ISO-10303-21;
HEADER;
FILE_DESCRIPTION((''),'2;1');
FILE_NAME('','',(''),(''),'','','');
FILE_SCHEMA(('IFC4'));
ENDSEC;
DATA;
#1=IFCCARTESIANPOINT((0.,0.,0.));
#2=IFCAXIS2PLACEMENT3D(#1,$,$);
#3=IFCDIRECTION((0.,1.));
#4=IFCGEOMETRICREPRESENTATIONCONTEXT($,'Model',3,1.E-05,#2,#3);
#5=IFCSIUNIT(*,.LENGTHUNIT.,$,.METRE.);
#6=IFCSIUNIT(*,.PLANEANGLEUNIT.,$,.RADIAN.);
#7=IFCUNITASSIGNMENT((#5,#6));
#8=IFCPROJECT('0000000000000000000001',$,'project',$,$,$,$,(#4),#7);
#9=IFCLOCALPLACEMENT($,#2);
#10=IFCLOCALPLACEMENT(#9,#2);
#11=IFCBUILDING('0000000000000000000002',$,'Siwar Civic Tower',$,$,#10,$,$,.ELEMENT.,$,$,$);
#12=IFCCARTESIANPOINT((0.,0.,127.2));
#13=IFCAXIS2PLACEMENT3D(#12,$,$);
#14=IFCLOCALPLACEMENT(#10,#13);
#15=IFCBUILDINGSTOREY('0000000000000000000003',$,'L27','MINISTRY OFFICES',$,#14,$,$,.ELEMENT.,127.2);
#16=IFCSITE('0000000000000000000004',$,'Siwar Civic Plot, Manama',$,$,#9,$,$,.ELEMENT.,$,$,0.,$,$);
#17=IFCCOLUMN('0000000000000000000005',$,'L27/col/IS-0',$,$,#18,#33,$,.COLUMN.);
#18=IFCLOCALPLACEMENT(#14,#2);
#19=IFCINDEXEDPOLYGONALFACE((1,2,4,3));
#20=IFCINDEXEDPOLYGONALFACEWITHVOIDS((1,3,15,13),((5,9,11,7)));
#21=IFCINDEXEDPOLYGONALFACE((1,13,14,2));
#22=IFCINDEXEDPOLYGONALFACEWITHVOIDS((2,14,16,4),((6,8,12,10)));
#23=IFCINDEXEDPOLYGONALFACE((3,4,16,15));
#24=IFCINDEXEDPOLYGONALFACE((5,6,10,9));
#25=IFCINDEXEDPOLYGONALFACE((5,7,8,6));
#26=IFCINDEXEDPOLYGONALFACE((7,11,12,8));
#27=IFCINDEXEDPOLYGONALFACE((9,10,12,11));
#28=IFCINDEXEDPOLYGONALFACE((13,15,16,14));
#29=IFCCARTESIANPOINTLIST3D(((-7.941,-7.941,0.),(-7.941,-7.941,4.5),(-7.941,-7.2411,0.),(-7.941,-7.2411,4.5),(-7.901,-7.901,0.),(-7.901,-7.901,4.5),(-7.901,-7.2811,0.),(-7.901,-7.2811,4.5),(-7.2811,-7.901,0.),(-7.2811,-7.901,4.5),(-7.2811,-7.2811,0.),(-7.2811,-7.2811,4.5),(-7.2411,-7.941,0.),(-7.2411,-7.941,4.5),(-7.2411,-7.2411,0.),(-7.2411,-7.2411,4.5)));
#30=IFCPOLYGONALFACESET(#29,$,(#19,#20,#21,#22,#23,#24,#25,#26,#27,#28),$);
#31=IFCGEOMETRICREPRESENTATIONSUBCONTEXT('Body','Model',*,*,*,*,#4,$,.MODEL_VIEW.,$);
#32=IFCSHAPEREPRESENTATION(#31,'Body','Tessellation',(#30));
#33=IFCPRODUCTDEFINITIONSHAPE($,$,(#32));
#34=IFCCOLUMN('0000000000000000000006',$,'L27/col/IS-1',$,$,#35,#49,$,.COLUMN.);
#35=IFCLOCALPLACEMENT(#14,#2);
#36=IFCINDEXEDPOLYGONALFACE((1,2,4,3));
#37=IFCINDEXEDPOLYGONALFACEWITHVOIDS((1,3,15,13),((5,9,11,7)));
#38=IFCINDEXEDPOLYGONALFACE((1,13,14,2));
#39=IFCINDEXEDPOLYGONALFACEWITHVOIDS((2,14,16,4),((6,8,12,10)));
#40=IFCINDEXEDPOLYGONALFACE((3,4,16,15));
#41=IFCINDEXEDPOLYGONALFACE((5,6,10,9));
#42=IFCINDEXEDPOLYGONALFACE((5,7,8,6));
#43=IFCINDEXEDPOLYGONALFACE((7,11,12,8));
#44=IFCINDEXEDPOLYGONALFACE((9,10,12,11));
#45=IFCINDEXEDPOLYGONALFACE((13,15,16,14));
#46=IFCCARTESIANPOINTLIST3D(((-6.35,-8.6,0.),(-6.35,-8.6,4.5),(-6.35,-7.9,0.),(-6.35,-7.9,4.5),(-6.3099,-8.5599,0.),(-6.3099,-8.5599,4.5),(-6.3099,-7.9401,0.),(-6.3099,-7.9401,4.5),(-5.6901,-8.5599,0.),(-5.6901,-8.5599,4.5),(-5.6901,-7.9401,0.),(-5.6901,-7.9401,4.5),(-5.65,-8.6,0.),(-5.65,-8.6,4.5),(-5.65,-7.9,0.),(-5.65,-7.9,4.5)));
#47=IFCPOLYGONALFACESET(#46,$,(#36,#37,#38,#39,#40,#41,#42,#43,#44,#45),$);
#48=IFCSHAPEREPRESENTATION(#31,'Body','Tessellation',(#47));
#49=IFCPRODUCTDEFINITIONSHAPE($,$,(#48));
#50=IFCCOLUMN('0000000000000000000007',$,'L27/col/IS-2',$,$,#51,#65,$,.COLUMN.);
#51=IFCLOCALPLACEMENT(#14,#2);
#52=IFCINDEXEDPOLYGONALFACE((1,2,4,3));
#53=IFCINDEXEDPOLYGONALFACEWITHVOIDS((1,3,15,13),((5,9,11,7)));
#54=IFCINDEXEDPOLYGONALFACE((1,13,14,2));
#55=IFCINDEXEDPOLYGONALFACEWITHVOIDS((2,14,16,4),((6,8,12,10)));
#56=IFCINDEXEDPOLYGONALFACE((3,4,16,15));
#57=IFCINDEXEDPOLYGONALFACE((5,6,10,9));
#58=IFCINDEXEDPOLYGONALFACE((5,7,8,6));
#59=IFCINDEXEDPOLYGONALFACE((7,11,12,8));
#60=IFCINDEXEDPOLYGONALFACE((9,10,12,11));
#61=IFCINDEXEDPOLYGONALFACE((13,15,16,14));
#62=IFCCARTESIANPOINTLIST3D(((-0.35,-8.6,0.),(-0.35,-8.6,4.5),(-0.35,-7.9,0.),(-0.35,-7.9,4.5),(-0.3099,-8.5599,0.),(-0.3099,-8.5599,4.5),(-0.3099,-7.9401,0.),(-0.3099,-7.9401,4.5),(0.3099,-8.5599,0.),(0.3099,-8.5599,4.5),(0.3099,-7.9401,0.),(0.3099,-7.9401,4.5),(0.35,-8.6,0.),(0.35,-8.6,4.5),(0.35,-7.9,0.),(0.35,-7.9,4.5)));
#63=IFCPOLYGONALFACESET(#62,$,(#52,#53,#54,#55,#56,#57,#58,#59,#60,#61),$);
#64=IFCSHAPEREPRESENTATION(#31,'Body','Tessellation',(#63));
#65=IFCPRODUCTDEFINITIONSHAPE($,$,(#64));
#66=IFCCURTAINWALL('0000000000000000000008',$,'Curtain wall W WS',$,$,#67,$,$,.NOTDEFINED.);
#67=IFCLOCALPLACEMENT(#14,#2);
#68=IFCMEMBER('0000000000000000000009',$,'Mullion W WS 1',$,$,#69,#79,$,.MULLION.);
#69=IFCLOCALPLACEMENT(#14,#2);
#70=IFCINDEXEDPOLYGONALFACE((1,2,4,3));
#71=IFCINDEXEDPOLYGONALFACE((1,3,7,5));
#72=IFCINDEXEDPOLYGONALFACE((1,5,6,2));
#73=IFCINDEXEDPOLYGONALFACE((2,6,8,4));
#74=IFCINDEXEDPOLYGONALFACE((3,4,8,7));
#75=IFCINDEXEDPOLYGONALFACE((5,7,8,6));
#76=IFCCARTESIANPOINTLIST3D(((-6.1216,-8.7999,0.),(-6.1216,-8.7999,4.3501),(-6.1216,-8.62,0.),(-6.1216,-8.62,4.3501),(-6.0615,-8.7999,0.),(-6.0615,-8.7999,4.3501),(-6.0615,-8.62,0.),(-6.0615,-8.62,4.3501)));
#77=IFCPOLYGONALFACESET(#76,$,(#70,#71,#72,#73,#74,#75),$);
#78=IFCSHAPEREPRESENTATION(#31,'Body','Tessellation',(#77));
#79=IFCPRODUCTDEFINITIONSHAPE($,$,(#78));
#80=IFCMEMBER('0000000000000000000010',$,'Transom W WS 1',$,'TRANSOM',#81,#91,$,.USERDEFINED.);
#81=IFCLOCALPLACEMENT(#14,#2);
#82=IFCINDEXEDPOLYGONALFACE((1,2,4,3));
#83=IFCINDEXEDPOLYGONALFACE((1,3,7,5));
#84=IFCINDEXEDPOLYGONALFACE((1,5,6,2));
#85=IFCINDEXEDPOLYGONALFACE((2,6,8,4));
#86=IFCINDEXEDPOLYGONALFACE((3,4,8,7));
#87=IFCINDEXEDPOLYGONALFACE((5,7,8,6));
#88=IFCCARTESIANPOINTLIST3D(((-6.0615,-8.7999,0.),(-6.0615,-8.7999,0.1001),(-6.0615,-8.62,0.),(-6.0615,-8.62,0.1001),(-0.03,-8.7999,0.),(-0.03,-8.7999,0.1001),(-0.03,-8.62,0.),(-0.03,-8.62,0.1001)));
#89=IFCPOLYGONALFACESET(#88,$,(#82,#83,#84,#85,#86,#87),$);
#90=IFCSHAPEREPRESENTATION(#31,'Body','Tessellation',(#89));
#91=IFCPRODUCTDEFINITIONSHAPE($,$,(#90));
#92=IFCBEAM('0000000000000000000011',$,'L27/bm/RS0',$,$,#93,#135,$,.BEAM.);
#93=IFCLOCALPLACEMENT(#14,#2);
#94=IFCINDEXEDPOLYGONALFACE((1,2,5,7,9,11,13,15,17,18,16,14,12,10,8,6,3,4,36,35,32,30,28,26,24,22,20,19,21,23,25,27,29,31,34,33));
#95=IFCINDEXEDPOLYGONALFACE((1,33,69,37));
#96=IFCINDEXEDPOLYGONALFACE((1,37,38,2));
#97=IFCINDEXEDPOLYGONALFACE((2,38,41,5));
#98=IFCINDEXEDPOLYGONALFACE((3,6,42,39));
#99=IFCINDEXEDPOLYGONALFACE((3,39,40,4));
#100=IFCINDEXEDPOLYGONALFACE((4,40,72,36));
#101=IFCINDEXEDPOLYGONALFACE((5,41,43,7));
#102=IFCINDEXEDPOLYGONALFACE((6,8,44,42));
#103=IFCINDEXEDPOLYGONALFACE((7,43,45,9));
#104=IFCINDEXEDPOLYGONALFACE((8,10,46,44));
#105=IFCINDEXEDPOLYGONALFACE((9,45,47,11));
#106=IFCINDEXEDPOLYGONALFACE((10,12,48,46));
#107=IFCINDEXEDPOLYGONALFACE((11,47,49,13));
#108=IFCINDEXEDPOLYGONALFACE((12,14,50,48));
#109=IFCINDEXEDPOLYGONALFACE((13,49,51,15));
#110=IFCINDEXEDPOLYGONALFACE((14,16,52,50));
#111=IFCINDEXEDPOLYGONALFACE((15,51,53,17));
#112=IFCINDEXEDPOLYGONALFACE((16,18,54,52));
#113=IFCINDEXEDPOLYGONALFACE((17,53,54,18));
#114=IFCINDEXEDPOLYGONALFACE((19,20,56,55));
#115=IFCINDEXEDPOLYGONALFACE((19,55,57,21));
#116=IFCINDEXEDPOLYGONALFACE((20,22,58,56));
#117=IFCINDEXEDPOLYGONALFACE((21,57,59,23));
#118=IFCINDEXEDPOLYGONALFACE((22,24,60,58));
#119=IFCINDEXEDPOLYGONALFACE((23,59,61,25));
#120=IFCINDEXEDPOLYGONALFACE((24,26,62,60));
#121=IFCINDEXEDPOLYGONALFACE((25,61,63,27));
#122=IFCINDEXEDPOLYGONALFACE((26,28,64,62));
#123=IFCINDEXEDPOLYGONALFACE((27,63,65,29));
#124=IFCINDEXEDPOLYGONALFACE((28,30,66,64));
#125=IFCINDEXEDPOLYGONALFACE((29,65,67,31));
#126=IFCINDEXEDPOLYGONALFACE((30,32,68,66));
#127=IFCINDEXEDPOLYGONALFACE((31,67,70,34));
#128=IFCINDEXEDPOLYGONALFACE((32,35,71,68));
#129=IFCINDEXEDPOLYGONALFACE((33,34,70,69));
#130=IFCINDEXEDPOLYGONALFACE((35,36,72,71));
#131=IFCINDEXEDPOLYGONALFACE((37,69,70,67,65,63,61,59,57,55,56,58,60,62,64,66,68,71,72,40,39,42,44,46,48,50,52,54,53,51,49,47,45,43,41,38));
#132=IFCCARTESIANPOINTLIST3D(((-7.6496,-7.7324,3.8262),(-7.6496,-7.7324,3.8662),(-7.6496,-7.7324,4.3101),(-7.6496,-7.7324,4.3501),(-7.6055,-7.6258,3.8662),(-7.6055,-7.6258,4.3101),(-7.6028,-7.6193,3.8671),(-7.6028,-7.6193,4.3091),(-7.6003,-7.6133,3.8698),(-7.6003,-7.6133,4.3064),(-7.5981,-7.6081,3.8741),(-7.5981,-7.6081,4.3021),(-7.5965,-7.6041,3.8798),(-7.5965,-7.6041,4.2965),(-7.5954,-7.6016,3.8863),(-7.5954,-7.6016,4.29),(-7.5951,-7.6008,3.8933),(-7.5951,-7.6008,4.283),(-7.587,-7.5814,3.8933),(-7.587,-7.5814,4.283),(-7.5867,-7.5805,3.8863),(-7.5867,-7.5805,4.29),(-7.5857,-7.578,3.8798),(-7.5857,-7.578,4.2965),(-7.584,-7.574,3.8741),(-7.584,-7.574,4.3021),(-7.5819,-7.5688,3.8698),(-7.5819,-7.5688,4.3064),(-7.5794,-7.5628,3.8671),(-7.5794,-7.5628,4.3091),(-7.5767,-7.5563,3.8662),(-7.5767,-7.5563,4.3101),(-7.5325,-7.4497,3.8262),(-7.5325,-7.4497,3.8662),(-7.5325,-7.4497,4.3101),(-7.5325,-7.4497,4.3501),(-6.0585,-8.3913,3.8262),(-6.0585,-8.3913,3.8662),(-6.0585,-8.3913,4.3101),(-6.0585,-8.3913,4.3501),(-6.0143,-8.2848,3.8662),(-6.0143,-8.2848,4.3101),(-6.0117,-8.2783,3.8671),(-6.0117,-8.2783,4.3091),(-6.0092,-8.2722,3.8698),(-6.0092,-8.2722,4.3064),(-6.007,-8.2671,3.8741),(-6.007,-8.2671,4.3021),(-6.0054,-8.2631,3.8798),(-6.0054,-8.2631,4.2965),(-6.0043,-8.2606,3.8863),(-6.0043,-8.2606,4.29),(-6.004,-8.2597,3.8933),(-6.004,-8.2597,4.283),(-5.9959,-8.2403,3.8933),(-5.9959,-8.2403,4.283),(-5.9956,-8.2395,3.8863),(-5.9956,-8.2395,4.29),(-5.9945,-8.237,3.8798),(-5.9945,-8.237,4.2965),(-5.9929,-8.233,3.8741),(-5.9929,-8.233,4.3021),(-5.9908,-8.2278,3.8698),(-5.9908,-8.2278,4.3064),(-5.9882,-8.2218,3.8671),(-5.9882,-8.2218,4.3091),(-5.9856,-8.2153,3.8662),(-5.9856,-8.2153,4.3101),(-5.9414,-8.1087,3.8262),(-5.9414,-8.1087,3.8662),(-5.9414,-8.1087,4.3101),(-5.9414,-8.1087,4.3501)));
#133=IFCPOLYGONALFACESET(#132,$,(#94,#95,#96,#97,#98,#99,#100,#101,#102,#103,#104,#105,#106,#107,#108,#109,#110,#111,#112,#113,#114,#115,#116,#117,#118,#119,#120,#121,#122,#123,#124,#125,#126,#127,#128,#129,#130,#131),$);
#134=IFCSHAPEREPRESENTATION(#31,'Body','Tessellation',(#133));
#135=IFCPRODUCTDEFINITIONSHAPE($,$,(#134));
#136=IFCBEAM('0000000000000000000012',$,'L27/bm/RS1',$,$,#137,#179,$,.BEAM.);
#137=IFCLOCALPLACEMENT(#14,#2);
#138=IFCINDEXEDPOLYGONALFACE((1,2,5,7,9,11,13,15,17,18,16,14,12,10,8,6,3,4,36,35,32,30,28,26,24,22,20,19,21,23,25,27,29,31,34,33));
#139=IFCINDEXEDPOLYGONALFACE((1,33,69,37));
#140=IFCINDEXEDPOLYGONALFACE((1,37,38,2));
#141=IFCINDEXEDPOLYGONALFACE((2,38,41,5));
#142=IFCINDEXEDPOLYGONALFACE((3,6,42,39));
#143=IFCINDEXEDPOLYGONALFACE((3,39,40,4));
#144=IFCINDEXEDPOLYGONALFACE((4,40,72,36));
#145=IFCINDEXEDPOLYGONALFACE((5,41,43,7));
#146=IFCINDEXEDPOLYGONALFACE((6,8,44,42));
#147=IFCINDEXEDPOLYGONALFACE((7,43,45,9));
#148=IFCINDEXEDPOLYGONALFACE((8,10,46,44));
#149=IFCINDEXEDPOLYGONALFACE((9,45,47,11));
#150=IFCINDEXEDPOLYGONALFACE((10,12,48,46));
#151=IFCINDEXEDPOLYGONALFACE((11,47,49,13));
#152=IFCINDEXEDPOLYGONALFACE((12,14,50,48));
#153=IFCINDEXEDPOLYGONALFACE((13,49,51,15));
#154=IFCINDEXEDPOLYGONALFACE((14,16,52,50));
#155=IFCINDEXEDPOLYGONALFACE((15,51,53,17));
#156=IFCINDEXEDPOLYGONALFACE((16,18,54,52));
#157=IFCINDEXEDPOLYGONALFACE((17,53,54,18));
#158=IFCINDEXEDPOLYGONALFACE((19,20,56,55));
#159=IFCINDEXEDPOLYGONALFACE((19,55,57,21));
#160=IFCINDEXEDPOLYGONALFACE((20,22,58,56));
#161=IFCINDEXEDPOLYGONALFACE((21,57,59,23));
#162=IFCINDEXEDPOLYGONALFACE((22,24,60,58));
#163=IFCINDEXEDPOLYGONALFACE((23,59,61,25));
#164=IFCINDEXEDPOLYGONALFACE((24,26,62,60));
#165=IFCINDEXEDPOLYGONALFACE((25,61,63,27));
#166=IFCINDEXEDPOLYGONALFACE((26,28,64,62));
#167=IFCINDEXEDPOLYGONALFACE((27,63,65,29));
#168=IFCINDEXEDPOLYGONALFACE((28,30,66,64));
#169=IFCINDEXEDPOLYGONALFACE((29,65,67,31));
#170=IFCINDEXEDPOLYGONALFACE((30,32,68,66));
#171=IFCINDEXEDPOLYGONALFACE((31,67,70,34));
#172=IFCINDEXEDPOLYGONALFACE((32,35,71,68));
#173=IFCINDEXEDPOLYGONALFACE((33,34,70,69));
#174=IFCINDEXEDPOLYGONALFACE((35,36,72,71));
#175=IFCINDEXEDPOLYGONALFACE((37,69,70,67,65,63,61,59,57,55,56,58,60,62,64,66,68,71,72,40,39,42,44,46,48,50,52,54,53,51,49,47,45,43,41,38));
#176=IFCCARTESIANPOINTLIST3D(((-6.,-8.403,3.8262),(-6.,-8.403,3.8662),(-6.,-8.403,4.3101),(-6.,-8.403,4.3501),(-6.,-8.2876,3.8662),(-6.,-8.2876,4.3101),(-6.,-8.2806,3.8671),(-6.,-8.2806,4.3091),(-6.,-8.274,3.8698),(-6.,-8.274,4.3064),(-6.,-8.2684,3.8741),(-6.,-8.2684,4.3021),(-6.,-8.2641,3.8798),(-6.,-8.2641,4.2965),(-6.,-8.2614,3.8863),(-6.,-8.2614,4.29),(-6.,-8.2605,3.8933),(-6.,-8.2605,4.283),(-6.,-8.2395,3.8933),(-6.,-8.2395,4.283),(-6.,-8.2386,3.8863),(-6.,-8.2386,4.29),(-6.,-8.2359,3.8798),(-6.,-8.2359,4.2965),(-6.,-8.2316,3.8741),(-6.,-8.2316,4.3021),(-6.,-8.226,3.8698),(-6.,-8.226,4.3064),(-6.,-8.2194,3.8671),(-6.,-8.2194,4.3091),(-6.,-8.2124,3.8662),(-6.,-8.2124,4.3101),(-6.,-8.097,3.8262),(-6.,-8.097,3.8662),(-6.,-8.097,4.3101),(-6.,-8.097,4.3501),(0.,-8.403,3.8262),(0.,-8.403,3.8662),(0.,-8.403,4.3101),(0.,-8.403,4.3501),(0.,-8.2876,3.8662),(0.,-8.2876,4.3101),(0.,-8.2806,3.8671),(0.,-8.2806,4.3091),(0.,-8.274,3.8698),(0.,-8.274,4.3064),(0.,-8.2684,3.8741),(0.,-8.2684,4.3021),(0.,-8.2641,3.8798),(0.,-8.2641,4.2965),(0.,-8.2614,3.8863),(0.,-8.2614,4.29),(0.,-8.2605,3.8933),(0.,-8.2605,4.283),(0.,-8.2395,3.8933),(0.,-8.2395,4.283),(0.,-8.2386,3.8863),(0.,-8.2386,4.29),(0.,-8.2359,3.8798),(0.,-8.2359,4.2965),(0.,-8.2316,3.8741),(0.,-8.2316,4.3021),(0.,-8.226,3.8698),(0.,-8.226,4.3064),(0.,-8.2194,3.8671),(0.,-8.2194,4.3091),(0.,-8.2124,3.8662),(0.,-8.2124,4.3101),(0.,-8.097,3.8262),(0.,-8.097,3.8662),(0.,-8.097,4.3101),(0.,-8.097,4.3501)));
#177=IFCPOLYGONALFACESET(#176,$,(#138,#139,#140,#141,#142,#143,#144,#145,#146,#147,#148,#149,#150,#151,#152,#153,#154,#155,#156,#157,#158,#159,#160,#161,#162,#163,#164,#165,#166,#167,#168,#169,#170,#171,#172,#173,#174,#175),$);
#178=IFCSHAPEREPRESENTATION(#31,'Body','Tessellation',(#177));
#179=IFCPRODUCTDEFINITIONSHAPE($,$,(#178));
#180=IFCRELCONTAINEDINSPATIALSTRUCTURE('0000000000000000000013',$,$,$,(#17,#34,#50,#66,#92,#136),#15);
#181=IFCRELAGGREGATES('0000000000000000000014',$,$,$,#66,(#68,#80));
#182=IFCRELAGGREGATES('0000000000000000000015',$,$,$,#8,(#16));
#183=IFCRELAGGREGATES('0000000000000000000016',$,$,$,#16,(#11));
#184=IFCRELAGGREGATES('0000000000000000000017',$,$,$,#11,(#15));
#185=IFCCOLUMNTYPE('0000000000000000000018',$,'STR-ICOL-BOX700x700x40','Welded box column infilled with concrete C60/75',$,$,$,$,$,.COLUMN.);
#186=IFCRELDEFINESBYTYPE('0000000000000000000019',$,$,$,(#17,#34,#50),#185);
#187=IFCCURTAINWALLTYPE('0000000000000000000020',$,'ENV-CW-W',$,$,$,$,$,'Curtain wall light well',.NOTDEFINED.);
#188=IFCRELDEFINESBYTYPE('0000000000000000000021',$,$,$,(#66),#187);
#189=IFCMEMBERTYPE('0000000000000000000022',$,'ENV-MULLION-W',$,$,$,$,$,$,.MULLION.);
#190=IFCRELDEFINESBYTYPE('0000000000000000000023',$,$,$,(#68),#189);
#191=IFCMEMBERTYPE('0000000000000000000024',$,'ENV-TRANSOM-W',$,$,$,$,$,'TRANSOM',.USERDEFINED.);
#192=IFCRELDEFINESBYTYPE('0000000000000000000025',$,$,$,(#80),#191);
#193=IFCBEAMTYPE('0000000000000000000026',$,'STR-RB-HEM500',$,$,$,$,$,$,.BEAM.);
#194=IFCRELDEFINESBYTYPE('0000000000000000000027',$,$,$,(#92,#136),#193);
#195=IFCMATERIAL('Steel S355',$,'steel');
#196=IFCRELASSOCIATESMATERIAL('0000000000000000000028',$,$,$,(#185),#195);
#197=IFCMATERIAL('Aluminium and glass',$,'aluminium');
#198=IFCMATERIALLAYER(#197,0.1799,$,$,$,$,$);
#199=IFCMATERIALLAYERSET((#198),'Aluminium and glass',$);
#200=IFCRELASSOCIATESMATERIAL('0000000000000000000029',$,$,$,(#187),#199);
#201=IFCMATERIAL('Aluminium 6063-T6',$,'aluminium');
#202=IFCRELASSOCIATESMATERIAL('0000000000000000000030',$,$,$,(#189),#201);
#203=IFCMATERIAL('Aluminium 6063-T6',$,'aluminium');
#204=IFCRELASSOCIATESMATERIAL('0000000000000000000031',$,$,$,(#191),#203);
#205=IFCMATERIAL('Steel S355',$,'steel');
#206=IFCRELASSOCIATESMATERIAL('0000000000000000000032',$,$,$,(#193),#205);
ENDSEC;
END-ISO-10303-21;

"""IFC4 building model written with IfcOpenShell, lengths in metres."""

from ifc_helpers import new_model, si_unit, direction, frame, origin, origin_2d, place, context, subcontext, project, spatial, rectangle, hollow_rectangle, i_section, extrude, material, layer, layer_set, material_profile, profile_set, type_object, element, aggregate, save


model = new_model("IFC4")

# Units and contexts
model_context = context("Model", 3, precision=1e-05, world=origin(), true_north=direction((0.0, 1.0)))
body_context = subcontext(model_context, "Body", "Model", "MODEL_VIEW")
ifc_project = project(units=[si_unit("LENGTHUNIT", "METRE"), si_unit("PLANEANGLEUNIT", "RADIAN")], contexts=[model_context])

# Site, building, storey
site_placement = place(None, origin())
site = spatial("IfcSite", under=ifc_project, at=site_placement, Name="Siwar Civic Plot, Manama", CompositionType="ELEMENT", RefElevation=0.0)
building_placement = place(site_placement, origin())
building = spatial("IfcBuilding", under=site, at=building_placement, Name="Siwar Civic Tower", CompositionType="ELEMENT")
storey_placement = place(building_placement, frame((0.0, 0.0, 127.2)))
storey = spatial("IfcBuildingStorey", under=building, at=storey_placement, Name="L27", Description="MINISTRY OFFICES", CompositionType="ELEMENT", Elevation=127.2)

# Columns
ifc_material_1 = material(Name="Steel S355", Category="steel")
ifc_material_profile_1 = material_profile(ifc_material_1, hollow_rectangle(XDim=0.7, YDim=0.7, WallThickness=0.04, at=origin_2d()), Name="BOX700x700x40")
ifc_profile_set_1 = profile_set([ifc_material_profile_1], Name="Steel S355")
column_type = type_object("IfcColumnType", Name="STR-ICOL-BOX700x700x40", Description="Welded box column infilled with concrete C60/75", PredefinedType="COLUMN", material=ifc_profile_set_1)
for number, where, z_axis, x_axis, name in (
    (1, (-7.5911, -7.5911, 0.0), (0.0, 0.0, 1.0), (1.0, 0.0, 0.0), "L27/col/IS-0"),
    (2, (-6.0, -8.25, 0.0), (0.0, 0.0, 1.0), (1.0, 0.0, 0.0), "L27/col/IS-1"),
    (3, (0.0, -8.25, 0.0), (0.0, 0.0, 1.0), (1.0, 0.0, 0.0), "L27/col/IS-2"),
):
    element("IfcColumn", number, at=place(storey_placement, frame(where, z_axis=z_axis, x_axis=x_axis)), inside=storey, type_object=column_type, Name=name, PredefinedType="COLUMN", context=body_context, shape_type="SweptSolid", body=[
        extrude(hollow_rectangle(XDim=0.7, YDim=0.7, WallThickness=0.04, at=origin_2d()), origin(), (0.0, 0.0, 1.0), 4.5),
    ])

# Curtain wall, members
ifc_material_2 = material(Name="Aluminium and glass", Category="aluminium")
ifc_layer_1 = layer(ifc_material_2, 0.1799)
ifc_layer_set_1 = layer_set([ifc_layer_1], Name="Aluminium and glass")
curtain_wall_type = type_object("IfcCurtainWallType", Name="ENV-CW-W", ElementType="Curtain wall light well", PredefinedType="NOTDEFINED", material=ifc_layer_set_1)
curtain_wall_placement = place(storey_placement, origin())
curtain_wall = element("IfcCurtainWall", 4, at=curtain_wall_placement, inside=storey, type_object=curtain_wall_type, Name="Curtain wall W WS", PredefinedType="NOTDEFINED")
ifc_material_3 = material(Name="Aluminium 6063-T6", Category="aluminium")
ifc_material_profile_2 = material_profile(ifc_material_3, rectangle(XDim=0.1799, YDim=0.0601, at=origin_2d()), Name="AL 180x60")
ifc_profile_set_2 = profile_set([ifc_material_profile_2], Name="Aluminium 6063-T6")
member_type_1 = type_object("IfcMemberType", Name="ENV-MULLION-W", PredefinedType="MULLION", material=ifc_profile_set_2)
member_1_placement = place(storey_placement, frame((-6.0916, -8.71, 0.0), z_axis=(0.0, 0.0, 1.0), x_axis=(0.0, 1.0, 0.0)))
member_1 = element("IfcMember", 5, at=member_1_placement, type_object=member_type_1, Name="Mullion W WS 1", PredefinedType="MULLION", context=body_context, shape_type="SweptSolid", body=[
    extrude(rectangle(XDim=0.1799, YDim=0.0601, at=origin_2d()), origin(), (0.0, 0.0, 1.0), 4.3501),
])
ifc_material_4 = material(Name="Aluminium 6063-T6", Category="aluminium")
ifc_material_profile_3 = material_profile(ifc_material_4, rectangle(XDim=0.1799, YDim=0.1001, at=origin_2d()), Name="AL 180x100")
ifc_profile_set_3 = profile_set([ifc_material_profile_3], Name="Aluminium 6063-T6")
member_type_2 = type_object("IfcMemberType", Name="ENV-TRANSOM-W", ElementType="TRANSOM", PredefinedType="USERDEFINED", material=ifc_profile_set_3)
member_2_placement = place(storey_placement, frame((-6.0615, -8.71, 0.05), z_axis=(1.0, 0.0, 0.0), x_axis=(0.0, 1.0, 0.0)))
member_2 = element("IfcMember", 6, at=member_2_placement, type_object=member_type_2, Name="Transom W WS 1", ObjectType="TRANSOM", PredefinedType="USERDEFINED", context=body_context, shape_type="SweptSolid", body=[
    extrude(rectangle(XDim=0.1799, YDim=0.1001, at=origin_2d()), origin(), (0.0, 0.0, 1.0), 6.0315),
])

# Beams
ifc_material_5 = material(Name="Steel S355", Category="steel")
ifc_material_profile_4 = material_profile(ifc_material_5, i_section(OverallWidth=0.3059, OverallDepth=0.5239, WebThickness=0.021, FlangeThickness=0.04, FilletRadius=0.0271, at=origin_2d()), Name="HEM500")
ifc_profile_set_4 = profile_set([ifc_material_profile_4], Name="Steel S355")
beam_type = type_object("IfcBeamType", Name="STR-RB-HEM500", PredefinedType="BEAM", material=ifc_profile_set_4)
beam_1_placement = place(storey_placement, frame((-7.5911, -7.5911, 4.0881), z_axis=(0.923901, -0.382631, 0.0), x_axis=(0.382631, 0.923901, 0.0)))
element("IfcBeam", 7, at=beam_1_placement, inside=storey, type_object=beam_type, Name="L27/bm/RS0", PredefinedType="BEAM", context=body_context, shape_type="SweptSolid", body=[
    extrude(i_section(OverallWidth=0.3059, OverallDepth=0.5239, WebThickness=0.021, FlangeThickness=0.04, FilletRadius=0.0271, at=origin_2d()), origin(), (0.0, 0.0, 1.0), 1.7222),
])
for number, where, z_axis, x_axis, name in (
    (8, (-6.0, -8.25, 4.0881), (1.0, 0.0, 0.0), (0.0, 1.0, 0.0), "L27/bm/RS1"),
):
    element("IfcBeam", number, at=place(storey_placement, frame(where, z_axis=z_axis, x_axis=x_axis)), inside=storey, type_object=beam_type, Name=name, PredefinedType="BEAM", context=body_context, shape_type="SweptSolid", body=[
        extrude(i_section(OverallWidth=0.3059, OverallDepth=0.5239, WebThickness=0.021, FlangeThickness=0.04, FilletRadius=0.0271, at=origin_2d()), origin(), (0.0, 0.0, 1.0), 6.0),
    ])

aggregate(curtain_wall, [member_1, member_2])

save(model, "model.ifc")
